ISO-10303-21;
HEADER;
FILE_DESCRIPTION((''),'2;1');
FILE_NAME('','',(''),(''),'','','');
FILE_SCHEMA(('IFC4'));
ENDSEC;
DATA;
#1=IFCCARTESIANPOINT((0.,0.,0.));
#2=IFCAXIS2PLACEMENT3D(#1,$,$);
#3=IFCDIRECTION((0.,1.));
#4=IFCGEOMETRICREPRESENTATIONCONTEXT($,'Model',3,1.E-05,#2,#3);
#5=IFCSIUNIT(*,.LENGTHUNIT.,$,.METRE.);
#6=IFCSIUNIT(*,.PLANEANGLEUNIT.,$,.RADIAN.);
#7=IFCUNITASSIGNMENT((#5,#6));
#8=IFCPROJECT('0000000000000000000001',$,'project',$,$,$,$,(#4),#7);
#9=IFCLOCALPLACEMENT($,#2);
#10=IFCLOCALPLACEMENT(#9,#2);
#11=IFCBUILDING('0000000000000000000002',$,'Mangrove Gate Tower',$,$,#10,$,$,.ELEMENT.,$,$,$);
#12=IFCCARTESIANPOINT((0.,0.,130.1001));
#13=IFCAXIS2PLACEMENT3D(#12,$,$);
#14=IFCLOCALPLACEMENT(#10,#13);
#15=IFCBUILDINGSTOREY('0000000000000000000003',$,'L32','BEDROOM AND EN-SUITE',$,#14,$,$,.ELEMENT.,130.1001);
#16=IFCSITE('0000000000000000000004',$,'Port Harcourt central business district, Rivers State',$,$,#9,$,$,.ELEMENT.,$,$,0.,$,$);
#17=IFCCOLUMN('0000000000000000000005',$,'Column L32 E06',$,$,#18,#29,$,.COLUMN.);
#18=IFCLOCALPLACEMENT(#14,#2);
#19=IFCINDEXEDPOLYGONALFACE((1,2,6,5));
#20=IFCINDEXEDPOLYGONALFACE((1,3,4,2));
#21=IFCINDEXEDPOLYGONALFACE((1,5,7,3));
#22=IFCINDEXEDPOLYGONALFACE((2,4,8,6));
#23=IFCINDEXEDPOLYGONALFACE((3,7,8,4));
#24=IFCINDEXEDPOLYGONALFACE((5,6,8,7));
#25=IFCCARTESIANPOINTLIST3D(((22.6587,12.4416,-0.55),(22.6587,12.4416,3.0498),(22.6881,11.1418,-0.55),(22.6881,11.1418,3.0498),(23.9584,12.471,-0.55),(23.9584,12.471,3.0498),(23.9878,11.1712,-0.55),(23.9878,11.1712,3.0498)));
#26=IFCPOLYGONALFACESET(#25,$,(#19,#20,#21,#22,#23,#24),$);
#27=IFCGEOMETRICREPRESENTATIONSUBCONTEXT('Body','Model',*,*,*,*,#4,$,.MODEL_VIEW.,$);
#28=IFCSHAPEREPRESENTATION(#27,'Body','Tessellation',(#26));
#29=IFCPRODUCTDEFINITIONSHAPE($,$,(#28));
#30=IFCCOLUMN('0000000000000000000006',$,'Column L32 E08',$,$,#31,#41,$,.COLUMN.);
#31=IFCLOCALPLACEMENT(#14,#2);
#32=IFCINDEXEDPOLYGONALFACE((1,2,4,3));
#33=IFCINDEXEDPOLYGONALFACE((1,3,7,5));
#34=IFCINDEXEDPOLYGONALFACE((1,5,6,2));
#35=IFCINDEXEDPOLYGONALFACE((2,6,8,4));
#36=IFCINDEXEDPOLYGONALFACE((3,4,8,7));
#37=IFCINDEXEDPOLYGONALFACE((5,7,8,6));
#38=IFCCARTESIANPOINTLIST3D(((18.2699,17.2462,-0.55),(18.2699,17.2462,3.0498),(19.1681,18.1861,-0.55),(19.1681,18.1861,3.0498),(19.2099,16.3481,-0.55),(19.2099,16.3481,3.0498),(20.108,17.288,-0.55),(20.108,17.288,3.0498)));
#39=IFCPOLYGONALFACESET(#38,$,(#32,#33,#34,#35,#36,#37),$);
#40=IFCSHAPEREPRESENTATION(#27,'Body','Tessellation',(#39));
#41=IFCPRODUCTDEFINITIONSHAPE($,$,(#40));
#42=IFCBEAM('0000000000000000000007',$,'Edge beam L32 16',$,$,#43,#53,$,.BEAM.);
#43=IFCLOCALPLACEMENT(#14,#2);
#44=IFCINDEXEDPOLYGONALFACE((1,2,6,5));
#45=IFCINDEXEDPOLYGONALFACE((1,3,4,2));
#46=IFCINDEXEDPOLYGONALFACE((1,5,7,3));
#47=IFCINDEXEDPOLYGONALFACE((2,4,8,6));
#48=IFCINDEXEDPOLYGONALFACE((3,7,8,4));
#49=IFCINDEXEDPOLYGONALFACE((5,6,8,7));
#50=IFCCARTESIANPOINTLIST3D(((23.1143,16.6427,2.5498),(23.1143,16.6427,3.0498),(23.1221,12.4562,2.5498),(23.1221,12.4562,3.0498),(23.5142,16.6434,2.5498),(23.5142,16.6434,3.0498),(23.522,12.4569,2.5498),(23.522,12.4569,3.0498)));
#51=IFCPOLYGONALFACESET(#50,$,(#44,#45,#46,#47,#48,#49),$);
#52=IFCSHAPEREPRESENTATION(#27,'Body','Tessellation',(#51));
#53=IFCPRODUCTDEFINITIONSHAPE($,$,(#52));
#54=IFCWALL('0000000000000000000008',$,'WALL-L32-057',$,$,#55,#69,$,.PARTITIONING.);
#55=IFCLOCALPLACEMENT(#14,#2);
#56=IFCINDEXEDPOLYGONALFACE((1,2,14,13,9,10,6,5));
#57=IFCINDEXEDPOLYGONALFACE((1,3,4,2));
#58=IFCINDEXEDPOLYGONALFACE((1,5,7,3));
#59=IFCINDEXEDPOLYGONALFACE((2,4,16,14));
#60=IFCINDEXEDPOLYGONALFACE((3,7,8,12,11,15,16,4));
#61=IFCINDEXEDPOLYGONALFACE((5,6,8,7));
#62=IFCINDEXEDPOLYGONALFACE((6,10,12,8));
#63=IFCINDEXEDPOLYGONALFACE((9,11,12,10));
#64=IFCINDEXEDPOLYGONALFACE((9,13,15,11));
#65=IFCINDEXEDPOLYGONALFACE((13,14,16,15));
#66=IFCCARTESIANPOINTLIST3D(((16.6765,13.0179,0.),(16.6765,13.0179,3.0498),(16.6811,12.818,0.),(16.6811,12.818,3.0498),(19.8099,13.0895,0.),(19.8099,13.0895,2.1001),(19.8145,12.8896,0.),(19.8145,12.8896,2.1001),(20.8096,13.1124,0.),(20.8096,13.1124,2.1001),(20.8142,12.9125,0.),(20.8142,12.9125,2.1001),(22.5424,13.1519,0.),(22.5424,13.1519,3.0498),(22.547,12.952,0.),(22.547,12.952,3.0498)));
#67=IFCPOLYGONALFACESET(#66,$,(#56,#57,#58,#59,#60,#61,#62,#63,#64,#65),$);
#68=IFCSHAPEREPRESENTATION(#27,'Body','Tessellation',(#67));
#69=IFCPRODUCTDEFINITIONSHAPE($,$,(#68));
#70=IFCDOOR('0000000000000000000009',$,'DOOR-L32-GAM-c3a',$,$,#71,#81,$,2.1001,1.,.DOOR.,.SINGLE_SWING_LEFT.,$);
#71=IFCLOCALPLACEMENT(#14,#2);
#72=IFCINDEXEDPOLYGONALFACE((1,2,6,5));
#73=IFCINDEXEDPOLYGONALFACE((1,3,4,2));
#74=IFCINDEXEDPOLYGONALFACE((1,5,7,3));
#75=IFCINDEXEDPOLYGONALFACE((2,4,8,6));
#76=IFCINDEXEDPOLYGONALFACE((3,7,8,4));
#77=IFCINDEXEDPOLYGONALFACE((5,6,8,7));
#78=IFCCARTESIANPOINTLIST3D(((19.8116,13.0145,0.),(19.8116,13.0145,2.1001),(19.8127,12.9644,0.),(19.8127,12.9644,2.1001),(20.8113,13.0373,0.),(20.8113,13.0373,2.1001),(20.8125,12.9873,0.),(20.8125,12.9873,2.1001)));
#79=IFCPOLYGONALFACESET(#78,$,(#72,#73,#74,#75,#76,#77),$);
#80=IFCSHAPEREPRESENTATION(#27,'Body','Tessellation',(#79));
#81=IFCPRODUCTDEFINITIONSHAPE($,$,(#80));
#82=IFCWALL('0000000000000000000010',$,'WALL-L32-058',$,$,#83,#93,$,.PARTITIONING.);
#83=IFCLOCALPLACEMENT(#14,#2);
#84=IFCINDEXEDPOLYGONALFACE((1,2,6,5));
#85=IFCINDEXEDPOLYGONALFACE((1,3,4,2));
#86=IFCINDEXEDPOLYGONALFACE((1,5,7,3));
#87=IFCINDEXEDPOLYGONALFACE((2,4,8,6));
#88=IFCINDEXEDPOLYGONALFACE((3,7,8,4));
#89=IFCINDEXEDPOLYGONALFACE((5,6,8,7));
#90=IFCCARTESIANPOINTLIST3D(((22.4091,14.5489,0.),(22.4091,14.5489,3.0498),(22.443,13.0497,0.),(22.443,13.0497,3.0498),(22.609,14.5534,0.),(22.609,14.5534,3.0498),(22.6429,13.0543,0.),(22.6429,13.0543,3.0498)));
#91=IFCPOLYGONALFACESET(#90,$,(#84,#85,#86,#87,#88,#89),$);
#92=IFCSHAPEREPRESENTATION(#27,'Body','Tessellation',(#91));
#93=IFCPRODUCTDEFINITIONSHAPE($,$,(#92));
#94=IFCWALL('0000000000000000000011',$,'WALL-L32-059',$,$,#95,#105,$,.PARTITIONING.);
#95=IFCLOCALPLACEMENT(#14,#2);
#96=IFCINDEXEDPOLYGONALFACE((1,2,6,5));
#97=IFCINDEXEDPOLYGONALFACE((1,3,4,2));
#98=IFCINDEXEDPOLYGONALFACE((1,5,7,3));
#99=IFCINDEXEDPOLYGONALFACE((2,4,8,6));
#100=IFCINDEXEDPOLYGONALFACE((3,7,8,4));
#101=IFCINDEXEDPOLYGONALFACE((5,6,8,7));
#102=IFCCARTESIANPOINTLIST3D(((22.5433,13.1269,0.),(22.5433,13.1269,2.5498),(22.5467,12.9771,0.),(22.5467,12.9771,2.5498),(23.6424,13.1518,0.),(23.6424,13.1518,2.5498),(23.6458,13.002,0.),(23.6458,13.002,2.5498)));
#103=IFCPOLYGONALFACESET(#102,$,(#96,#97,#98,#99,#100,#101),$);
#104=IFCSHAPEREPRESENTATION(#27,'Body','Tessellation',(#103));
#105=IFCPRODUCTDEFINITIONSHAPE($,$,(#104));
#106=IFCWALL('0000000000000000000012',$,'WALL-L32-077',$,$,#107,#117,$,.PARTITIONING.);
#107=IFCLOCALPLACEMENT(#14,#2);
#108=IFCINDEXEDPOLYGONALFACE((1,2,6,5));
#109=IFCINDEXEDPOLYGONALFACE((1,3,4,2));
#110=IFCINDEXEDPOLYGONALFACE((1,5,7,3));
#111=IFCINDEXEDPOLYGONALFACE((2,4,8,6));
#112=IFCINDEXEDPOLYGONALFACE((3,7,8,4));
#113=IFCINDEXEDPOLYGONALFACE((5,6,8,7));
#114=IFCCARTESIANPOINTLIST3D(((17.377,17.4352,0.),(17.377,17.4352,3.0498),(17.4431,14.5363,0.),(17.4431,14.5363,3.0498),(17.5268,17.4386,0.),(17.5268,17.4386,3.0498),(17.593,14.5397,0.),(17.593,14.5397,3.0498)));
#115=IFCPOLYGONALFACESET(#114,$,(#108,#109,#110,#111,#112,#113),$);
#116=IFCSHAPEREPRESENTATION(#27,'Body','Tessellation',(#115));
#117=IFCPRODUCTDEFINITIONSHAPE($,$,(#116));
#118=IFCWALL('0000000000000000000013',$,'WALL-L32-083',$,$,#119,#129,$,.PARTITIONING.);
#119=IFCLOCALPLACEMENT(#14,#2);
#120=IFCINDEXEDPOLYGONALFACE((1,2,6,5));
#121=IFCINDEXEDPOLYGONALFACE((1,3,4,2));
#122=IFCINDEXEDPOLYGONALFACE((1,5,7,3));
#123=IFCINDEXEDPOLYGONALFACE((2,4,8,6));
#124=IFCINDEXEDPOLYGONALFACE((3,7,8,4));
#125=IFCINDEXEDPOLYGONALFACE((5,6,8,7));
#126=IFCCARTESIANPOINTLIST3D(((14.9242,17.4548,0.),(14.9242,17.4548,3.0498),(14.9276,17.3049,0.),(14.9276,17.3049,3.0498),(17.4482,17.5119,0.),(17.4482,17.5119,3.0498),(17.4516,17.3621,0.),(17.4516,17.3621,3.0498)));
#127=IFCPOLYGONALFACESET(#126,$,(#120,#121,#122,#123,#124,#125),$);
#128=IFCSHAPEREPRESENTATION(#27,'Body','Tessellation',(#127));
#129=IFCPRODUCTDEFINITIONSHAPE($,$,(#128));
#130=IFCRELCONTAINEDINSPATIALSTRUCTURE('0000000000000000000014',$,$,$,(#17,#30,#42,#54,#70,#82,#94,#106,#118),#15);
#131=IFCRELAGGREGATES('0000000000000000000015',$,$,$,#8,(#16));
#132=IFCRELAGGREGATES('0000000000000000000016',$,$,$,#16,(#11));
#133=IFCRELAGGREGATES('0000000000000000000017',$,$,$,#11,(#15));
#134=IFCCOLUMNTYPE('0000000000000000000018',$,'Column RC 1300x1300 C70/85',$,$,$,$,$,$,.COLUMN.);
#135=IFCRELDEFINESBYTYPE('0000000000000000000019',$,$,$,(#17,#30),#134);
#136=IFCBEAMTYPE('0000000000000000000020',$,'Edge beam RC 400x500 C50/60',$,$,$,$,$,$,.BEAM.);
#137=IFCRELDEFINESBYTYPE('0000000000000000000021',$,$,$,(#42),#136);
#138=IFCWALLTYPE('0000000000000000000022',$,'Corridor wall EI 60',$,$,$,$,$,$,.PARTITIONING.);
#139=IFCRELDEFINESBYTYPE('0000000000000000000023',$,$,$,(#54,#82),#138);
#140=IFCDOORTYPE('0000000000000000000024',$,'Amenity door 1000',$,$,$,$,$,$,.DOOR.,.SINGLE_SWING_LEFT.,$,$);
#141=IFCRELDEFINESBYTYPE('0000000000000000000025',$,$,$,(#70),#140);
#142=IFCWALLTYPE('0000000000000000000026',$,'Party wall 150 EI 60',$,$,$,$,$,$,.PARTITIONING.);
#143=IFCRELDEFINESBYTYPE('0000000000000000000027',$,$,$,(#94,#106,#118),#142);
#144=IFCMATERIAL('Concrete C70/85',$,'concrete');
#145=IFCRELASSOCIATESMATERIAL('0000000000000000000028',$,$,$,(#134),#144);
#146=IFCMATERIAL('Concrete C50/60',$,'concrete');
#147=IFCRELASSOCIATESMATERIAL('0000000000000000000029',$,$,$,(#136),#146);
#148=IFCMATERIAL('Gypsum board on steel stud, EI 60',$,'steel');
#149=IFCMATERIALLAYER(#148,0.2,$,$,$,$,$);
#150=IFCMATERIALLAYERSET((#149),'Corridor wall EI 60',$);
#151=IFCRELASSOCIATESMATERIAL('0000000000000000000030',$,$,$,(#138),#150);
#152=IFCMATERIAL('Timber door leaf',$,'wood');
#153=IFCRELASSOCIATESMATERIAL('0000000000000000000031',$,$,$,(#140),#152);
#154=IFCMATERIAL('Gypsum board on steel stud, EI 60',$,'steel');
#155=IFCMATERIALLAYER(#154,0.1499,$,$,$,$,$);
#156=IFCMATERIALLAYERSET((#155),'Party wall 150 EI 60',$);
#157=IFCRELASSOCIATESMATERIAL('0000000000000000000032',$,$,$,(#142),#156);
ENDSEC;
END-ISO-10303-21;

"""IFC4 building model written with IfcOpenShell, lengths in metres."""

from ifc_helpers import new_model, si_unit, direction, frame, frame_2d, origin, origin_2d, place, context, subcontext, project, spatial, rectangle, extrude, material, layer, layer_set, material_profile, profile_set, type_object, element, fill, save


model = new_model("IFC4")

# Units and contexts
model_context = context("Model", 3, precision=1e-05, world=origin(), true_north=direction((0.0, 1.0)))
body_context = subcontext(model_context, "Body", "Model", "MODEL_VIEW")
ifc_project = project(units=[si_unit("LENGTHUNIT", "METRE"), si_unit("PLANEANGLEUNIT", "RADIAN")], contexts=[model_context])

# Site, building, storey
site_placement = place(None, origin())
site = spatial("IfcSite", under=ifc_project, at=site_placement, Name="Port Harcourt central business district, Rivers State", CompositionType="ELEMENT", RefElevation=0.0)
building_placement = place(site_placement, origin())
building = spatial("IfcBuilding", under=site, at=building_placement, Name="Mangrove Gate Tower", CompositionType="ELEMENT")
storey_placement = place(building_placement, frame((0.0, 0.0, 130.1001)))
storey = spatial("IfcBuildingStorey", under=building, at=storey_placement, Name="L32", Description="BEDROOM AND EN-SUITE", CompositionType="ELEMENT", Elevation=130.1001)

# Columns
ifc_material_1 = material(Name="Concrete C70/85", Category="concrete")
ifc_material_profile_1 = material_profile(ifc_material_1, rectangle(XDim=1.3, YDim=1.3, at=origin_2d()))
ifc_profile_set_1 = profile_set([ifc_material_profile_1], Name="Concrete C70/85")
column_type = type_object("IfcColumnType", Name="Column RC 1300x1300 C70/85", PredefinedType="COLUMN", material=ifc_profile_set_1)
for number, where, z_axis, x_axis, name in (
    (1, (23.3232, 11.8064, -0.55), (0.0, 0.0, 1.0), (-0.022621, 0.999744, 0.0), "Column L32 E06"),
    (2, (19.189, 17.2671, -0.55), (0.0, 0.0, 1.0), (-0.723, 0.690848, 0.0), "Column L32 E08"),
):
    element("IfcColumn", number, at=place(storey_placement, frame(where, z_axis=z_axis, x_axis=x_axis)), inside=storey, type_object=column_type, Name=name, PredefinedType="COLUMN", context=body_context, shape_type="SweptSolid", body=[
        extrude(rectangle(XDim=1.3, YDim=1.3, at=origin_2d()), origin(), (0.0, 0.0, 1.0), 3.5999),
    ])

# Beam
ifc_material_2 = material(Name="Concrete C50/60", Category="concrete")
ifc_material_profile_2 = material_profile(ifc_material_2, rectangle(XDim=0.3999, YDim=0.5, at=origin_2d()))
ifc_profile_set_2 = profile_set([ifc_material_profile_2], Name="Concrete C50/60")
beam_type = type_object("IfcBeamType", Name="Edge beam RC 400x500 C50/60", PredefinedType="BEAM", material=ifc_profile_set_2)
beam_placement = place(storey_placement, frame((23.322, 12.4565, 2.7998), z_axis=(-0.001866, 0.999998, 0.0), x_axis=(-0.999998, -0.001866, 0.0)))
element("IfcBeam", 3, at=beam_placement, inside=storey, type_object=beam_type, Name="Edge beam L32 16", PredefinedType="BEAM", context=body_context, shape_type="SweptSolid", body=[
    extrude(rectangle(XDim=0.3999, YDim=0.5, at=origin_2d()), origin(), (0.0, 0.0, 1.0), 4.1865),
])

# Wall, opening, door
ifc_material_3 = material(Name="Gypsum board on steel stud, EI 60", Category="steel")
ifc_layer_1 = layer(ifc_material_3, 0.2)
ifc_layer_set_1 = layer_set([ifc_layer_1], Name="Corridor wall EI 60")
wall_type_1 = type_object("IfcWallType", Name="Corridor wall EI 60", PredefinedType="PARTITIONING", material=ifc_layer_set_1)
wall_1_placement = place(storey_placement, frame((16.679, 12.918, 0.0), z_axis=(0.0, 0.0, 1.0), x_axis=(0.999739, 0.022843, 0.0)))
wall_1 = element("IfcWall", 4, at=wall_1_placement, inside=storey, type_object=wall_type_1, Name="WALL-L32-057", PredefinedType="PARTITIONING", context=body_context, shape_type="SweptSolid", body=[
    extrude(rectangle(XDim=5.8674, YDim=0.2, at=frame_2d((2.9336, 0.0))), origin(), (0.0, 0.0, 1.0), 3.0498),
])
opening_placement = place(wall_1_placement, frame((3.134, 0.0, 0.0)))
opening = element("IfcOpeningElement", 5, at=opening_placement, cuts=wall_1, PredefinedType="OPENING", context=body_context, shape_type="SweptSolid", body=[
    extrude(rectangle(XDim=1.0, YDim=2.1001, at=frame_2d((0.5, 1.05))), frame((0.0, 0.1099, 0.0), z_axis=(0.0, -1.0, 0.0), x_axis=(1.0, 0.0, 0.0)), (0.0, 0.0, 1.0), 0.22),
])
ifc_material_4 = material(Name="Timber door leaf", Category="wood")
door_type = type_object("IfcDoorType", Name="Amenity door 1000", OperationType="SINGLE_SWING_LEFT", PredefinedType="DOOR", material=ifc_material_4)
door_placement = place(opening_placement, origin())
door = element("IfcDoor", 6, at=door_placement, inside=storey, type_object=door_type, Name="DOOR-L32-GAM-c3a", OperationType="SINGLE_SWING_LEFT", OverallHeight=2.1001, OverallWidth=1.0, PredefinedType="DOOR", context=body_context, shape_type="SweptSolid", body=[
    extrude(rectangle(XDim=1.0, YDim=2.1001, at=frame_2d((0.5, 1.05))), frame((0.0, 0.0249, 0.0), z_axis=(0.0, -1.0, 0.0), x_axis=(1.0, 0.0, 0.0)), (0.0, 0.0, 1.0), 0.05),
])
fill(opening, door)

# Walls
wall_2_placement = place(storey_placement, frame((22.543, 13.052, 0.0), z_axis=(0.0, 0.0, 1.0), x_axis=(-0.022633, 0.999744, 0.0)))
element("IfcWall", 7, at=wall_2_placement, inside=storey, type_object=wall_type_1, Name="WALL-L32-058", PredefinedType="PARTITIONING", context=body_context, shape_type="SweptSolid", body=[
    extrude(rectangle(XDim=1.4995, YDim=0.2, at=frame_2d((0.7498, 0.0))), origin(), (0.0, 0.0, 1.0), 3.0498),
])
ifc_material_5 = material(Name="Gypsum board on steel stud, EI 60", Category="steel")
ifc_layer_2 = layer(ifc_material_5, 0.1499)
ifc_layer_set_2 = layer_set([ifc_layer_2], Name="Party wall 150 EI 60")
wall_type_2 = type_object("IfcWallType", Name="Party wall 150 EI 60", PredefinedType="PARTITIONING", material=ifc_layer_set_2)
wall_3_placement = place(storey_placement, frame((22.5449, 13.052, 0.0), z_axis=(0.0, 0.0, 1.0), x_axis=(0.999743, 0.022651, 0.0)))
element("IfcWall", 8, at=wall_3_placement, inside=storey, type_object=wall_type_2, Name="WALL-L32-059", PredefinedType="PARTITIONING", context=body_context, shape_type="SweptSolid", body=[
    extrude(rectangle(XDim=1.0994, YDim=0.1499, at=frame_2d((0.5498, 0.0))), origin(), (0.0, 0.0, 1.0), 2.5498),
])
wall_4_placement = place(storey_placement, frame((17.5181, 14.5381, 0.0), z_axis=(0.0, 0.0, 1.0), x_axis=(-0.022817, 0.99974, 0.0)))
element("IfcWall", 9, at=wall_4_placement, inside=storey, type_object=wall_type_2, Name="WALL-L32-077", PredefinedType="PARTITIONING", context=body_context, shape_type="SweptSolid", body=[
    extrude(rectangle(XDim=2.8997, YDim=0.1499, at=frame_2d((1.4497, 0.0))), origin(), (0.0, 0.0, 1.0), 3.0498),
])
wall_5_placement = place(storey_placement, frame((14.926, 17.3799, 0.0), z_axis=(0.0, 0.0, 1.0), x_axis=(0.999744, 0.022629, 0.0)))
element("IfcWall", 10, at=wall_5_placement, inside=storey, type_object=wall_type_2, Name="WALL-L32-083", PredefinedType="PARTITIONING", context=body_context, shape_type="SweptSolid", body=[
    extrude(rectangle(XDim=2.5247, YDim=0.1499, at=frame_2d((1.2622, 0.0))), origin(), (0.0, 0.0, 1.0), 3.0498),
])

save(model, "model.ifc")
